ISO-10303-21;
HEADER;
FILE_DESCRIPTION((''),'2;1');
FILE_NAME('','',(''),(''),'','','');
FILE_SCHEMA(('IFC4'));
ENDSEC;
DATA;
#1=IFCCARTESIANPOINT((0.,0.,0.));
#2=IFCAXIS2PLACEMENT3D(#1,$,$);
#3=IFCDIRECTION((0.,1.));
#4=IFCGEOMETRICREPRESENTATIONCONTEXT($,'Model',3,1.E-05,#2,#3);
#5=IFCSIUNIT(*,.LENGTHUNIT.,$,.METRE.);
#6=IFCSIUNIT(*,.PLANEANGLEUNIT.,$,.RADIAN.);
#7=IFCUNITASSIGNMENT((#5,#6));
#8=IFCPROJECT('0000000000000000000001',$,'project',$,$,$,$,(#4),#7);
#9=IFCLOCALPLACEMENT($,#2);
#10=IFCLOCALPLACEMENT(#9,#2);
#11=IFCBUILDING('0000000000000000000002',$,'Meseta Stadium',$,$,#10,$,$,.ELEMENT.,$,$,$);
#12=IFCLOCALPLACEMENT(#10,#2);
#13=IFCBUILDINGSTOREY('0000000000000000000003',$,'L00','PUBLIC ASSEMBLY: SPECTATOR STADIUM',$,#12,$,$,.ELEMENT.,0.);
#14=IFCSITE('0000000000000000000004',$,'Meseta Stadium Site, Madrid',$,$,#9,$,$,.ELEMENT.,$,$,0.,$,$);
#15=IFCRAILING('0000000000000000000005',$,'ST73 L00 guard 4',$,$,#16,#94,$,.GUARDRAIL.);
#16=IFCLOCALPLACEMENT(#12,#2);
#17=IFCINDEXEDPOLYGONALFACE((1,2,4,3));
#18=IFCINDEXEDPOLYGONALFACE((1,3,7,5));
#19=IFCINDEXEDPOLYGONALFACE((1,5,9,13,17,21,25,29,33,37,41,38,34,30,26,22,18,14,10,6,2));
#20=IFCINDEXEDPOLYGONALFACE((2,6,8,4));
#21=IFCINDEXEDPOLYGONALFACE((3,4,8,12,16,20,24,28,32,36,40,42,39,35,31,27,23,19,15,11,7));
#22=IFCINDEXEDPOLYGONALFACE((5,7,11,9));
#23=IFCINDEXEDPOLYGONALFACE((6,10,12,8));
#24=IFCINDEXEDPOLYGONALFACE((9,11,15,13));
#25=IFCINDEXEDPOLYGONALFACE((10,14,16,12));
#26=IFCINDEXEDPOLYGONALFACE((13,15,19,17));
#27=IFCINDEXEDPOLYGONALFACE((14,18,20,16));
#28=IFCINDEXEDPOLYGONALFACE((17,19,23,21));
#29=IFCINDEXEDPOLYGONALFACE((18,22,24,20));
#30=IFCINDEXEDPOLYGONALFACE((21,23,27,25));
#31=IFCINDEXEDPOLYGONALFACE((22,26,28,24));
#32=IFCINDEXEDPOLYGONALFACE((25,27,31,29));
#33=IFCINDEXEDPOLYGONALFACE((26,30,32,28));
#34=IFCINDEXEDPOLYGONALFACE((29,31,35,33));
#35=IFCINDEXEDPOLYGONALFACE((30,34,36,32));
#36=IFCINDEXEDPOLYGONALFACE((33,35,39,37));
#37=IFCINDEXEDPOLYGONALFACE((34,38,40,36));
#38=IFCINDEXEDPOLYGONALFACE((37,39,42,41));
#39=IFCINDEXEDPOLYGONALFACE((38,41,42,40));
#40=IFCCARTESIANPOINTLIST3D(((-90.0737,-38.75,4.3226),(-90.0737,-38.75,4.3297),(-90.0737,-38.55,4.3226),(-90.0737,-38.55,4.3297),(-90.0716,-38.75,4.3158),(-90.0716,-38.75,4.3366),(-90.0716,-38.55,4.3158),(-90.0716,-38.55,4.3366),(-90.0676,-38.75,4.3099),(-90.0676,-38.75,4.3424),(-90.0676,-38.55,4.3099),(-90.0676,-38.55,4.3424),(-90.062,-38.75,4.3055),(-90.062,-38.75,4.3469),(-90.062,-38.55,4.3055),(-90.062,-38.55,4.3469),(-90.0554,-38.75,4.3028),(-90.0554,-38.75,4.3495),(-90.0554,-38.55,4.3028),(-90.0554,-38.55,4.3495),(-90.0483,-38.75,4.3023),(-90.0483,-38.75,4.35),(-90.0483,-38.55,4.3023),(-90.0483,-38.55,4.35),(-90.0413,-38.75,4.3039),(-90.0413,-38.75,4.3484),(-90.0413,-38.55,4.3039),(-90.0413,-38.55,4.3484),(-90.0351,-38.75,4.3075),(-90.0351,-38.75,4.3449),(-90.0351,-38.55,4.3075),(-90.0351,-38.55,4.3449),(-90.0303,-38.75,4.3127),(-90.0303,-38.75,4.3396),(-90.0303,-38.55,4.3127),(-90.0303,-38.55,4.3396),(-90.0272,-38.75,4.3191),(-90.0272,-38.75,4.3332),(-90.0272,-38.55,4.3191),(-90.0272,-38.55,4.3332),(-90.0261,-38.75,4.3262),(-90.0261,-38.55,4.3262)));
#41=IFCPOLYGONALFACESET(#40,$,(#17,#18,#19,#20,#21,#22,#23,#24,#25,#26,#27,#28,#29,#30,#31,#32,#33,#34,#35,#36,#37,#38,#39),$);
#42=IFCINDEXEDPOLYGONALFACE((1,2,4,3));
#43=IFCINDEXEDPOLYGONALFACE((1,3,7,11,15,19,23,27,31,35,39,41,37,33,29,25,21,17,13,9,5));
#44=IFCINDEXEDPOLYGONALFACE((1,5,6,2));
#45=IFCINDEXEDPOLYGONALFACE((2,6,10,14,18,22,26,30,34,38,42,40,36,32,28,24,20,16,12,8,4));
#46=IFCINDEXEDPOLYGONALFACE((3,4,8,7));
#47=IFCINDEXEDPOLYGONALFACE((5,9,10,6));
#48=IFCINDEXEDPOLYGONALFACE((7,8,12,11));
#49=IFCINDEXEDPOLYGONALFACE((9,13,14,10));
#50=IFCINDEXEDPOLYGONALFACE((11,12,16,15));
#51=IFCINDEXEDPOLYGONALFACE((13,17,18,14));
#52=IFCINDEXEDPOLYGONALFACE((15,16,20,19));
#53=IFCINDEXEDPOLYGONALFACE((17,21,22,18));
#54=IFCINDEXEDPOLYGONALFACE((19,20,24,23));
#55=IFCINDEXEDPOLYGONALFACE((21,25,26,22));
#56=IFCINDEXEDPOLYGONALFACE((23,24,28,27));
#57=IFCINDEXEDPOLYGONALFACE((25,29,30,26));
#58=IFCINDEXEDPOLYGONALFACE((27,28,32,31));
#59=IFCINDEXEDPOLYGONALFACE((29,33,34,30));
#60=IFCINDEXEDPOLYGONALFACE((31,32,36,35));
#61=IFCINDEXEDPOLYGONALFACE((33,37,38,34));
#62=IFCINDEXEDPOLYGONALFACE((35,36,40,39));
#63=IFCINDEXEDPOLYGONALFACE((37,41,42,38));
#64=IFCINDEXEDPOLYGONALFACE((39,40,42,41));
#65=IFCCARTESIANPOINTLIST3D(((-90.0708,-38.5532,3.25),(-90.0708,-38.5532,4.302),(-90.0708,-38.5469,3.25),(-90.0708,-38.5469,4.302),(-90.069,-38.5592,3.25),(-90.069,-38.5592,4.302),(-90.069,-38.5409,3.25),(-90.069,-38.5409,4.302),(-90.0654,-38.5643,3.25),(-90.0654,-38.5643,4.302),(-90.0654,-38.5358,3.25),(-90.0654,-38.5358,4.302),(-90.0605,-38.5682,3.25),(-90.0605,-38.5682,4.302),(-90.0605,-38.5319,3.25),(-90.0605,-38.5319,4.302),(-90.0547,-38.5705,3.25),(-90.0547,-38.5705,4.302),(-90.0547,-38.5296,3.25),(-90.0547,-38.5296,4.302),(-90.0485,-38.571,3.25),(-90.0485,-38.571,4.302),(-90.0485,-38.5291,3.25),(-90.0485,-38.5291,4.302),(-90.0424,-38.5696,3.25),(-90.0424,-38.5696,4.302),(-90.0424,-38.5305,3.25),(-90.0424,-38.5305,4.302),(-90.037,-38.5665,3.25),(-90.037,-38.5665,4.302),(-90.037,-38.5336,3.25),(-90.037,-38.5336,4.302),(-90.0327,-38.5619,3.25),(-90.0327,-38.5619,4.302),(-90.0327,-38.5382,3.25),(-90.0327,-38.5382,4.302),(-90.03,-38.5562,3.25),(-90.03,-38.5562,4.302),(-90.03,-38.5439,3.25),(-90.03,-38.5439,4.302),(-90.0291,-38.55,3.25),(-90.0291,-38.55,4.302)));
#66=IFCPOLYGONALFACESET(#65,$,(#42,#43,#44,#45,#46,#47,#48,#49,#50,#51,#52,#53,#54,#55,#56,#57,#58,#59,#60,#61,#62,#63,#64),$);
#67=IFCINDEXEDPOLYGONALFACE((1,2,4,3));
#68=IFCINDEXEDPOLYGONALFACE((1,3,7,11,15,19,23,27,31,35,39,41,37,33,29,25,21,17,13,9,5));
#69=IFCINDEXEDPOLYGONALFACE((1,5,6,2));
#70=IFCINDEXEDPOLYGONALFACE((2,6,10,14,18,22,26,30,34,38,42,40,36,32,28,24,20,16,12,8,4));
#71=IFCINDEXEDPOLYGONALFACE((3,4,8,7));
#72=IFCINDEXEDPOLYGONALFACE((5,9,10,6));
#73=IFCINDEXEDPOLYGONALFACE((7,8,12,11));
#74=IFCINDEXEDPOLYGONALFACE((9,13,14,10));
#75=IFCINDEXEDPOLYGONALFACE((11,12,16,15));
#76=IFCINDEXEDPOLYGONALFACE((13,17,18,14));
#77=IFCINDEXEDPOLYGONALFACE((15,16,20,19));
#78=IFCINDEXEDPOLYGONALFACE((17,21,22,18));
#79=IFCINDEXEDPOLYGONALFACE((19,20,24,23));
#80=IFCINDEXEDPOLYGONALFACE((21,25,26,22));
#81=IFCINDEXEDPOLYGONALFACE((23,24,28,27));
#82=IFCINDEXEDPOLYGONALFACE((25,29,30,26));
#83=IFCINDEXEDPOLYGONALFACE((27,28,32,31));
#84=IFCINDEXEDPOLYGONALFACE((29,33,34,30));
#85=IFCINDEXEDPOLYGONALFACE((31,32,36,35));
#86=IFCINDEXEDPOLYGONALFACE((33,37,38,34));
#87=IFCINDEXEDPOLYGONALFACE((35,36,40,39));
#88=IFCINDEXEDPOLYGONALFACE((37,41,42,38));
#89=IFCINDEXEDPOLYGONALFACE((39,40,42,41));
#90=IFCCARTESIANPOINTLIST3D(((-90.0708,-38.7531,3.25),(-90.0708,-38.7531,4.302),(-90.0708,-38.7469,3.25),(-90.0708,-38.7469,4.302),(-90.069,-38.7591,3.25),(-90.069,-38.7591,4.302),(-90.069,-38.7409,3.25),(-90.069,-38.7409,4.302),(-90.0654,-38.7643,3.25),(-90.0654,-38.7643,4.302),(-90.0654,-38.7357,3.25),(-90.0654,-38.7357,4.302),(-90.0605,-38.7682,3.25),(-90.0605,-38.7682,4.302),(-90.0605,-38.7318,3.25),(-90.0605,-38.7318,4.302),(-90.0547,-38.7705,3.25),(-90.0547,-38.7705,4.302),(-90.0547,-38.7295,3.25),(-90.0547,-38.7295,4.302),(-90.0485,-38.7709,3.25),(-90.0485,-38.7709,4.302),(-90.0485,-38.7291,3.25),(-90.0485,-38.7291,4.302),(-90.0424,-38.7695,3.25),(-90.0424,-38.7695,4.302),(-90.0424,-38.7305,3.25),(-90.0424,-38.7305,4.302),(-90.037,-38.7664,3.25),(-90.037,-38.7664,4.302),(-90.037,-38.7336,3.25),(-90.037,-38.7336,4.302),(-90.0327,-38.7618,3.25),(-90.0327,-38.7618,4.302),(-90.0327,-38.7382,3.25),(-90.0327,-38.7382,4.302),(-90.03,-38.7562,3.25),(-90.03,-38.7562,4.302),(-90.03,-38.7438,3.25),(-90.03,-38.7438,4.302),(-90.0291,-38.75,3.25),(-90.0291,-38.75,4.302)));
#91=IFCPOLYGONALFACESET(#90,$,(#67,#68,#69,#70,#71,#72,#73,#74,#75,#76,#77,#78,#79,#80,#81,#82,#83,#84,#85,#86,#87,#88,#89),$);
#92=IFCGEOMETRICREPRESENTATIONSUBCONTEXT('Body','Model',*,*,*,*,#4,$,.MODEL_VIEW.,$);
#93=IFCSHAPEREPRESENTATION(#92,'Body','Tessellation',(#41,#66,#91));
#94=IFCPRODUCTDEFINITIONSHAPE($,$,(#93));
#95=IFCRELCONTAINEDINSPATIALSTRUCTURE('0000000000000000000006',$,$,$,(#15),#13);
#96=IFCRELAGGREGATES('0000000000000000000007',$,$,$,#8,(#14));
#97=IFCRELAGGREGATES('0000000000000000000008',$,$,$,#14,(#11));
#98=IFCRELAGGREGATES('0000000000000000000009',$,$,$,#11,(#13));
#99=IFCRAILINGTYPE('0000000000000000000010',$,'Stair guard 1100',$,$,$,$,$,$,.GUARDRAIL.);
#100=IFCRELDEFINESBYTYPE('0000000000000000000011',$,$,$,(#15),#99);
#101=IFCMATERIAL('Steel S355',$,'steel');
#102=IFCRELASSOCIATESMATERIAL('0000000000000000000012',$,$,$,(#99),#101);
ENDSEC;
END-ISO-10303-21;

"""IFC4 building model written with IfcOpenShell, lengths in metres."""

from ifc_helpers import new_model, si_unit, direction, frame, origin, origin_2d, place, context, subcontext, project, spatial, circle, extrude, material, type_object, element, save


model = new_model("IFC4")

# Units and contexts
model_context = context("Model", 3, precision=1e-05, world=origin(), true_north=direction((0.0, 1.0)))
body_context = subcontext(model_context, "Body", "Model", "MODEL_VIEW")
ifc_project = project(units=[si_unit("LENGTHUNIT", "METRE"), si_unit("PLANEANGLEUNIT", "RADIAN")], contexts=[model_context])

# Site, building, storey
site_placement = place(None, origin())
site = spatial("IfcSite", under=ifc_project, at=site_placement, Name="Meseta Stadium Site, Madrid", CompositionType="ELEMENT", RefElevation=0.0)
building_placement = place(site_placement, origin())
building = spatial("IfcBuilding", under=site, at=building_placement, Name="Meseta Stadium", CompositionType="ELEMENT")
storey_placement = place(building_placement, origin())
storey = spatial("IfcBuildingStorey", under=building, at=storey_placement, Name="L00", Description="PUBLIC ASSEMBLY: SPECTATOR STADIUM", CompositionType="ELEMENT", Elevation=0.0)

# Railing
ifc_material_1 = material(Name="Steel S355", Category="steel")
railing_type_1 = type_object("IfcRailingType", Name="Stair guard 1100", PredefinedType="GUARDRAIL", material=ifc_material_1)
railing_1_placement = place(storey_placement, frame((-90.05, -38.55, 3.25)))
element("IfcRailing", 1, at=railing_1_placement, inside=storey, type_object=railing_type_1, Name="ST73 L00 guard 4", PredefinedType="GUARDRAIL", context=body_context, shape_type="SweptSolid", body=[
    extrude(circle(Radius=0.0239, at=origin_2d()), frame((0.0, 0.0, 1.0762), z_axis=(0.0, -1.0, 0.0), x_axis=(1.0, 0.0, 0.0)), (0.0, 0.0, 1.0), 0.2),
    extrude(circle(Radius=0.021, at=origin_2d()), origin(), (0.0, 0.0, 1.0), 1.052),
    extrude(circle(Radius=0.021, at=origin_2d()), frame((0.0, -0.2, 0.0)), (0.0, 0.0, 1.0), 1.052),
])

save(model, "model.ifc")
